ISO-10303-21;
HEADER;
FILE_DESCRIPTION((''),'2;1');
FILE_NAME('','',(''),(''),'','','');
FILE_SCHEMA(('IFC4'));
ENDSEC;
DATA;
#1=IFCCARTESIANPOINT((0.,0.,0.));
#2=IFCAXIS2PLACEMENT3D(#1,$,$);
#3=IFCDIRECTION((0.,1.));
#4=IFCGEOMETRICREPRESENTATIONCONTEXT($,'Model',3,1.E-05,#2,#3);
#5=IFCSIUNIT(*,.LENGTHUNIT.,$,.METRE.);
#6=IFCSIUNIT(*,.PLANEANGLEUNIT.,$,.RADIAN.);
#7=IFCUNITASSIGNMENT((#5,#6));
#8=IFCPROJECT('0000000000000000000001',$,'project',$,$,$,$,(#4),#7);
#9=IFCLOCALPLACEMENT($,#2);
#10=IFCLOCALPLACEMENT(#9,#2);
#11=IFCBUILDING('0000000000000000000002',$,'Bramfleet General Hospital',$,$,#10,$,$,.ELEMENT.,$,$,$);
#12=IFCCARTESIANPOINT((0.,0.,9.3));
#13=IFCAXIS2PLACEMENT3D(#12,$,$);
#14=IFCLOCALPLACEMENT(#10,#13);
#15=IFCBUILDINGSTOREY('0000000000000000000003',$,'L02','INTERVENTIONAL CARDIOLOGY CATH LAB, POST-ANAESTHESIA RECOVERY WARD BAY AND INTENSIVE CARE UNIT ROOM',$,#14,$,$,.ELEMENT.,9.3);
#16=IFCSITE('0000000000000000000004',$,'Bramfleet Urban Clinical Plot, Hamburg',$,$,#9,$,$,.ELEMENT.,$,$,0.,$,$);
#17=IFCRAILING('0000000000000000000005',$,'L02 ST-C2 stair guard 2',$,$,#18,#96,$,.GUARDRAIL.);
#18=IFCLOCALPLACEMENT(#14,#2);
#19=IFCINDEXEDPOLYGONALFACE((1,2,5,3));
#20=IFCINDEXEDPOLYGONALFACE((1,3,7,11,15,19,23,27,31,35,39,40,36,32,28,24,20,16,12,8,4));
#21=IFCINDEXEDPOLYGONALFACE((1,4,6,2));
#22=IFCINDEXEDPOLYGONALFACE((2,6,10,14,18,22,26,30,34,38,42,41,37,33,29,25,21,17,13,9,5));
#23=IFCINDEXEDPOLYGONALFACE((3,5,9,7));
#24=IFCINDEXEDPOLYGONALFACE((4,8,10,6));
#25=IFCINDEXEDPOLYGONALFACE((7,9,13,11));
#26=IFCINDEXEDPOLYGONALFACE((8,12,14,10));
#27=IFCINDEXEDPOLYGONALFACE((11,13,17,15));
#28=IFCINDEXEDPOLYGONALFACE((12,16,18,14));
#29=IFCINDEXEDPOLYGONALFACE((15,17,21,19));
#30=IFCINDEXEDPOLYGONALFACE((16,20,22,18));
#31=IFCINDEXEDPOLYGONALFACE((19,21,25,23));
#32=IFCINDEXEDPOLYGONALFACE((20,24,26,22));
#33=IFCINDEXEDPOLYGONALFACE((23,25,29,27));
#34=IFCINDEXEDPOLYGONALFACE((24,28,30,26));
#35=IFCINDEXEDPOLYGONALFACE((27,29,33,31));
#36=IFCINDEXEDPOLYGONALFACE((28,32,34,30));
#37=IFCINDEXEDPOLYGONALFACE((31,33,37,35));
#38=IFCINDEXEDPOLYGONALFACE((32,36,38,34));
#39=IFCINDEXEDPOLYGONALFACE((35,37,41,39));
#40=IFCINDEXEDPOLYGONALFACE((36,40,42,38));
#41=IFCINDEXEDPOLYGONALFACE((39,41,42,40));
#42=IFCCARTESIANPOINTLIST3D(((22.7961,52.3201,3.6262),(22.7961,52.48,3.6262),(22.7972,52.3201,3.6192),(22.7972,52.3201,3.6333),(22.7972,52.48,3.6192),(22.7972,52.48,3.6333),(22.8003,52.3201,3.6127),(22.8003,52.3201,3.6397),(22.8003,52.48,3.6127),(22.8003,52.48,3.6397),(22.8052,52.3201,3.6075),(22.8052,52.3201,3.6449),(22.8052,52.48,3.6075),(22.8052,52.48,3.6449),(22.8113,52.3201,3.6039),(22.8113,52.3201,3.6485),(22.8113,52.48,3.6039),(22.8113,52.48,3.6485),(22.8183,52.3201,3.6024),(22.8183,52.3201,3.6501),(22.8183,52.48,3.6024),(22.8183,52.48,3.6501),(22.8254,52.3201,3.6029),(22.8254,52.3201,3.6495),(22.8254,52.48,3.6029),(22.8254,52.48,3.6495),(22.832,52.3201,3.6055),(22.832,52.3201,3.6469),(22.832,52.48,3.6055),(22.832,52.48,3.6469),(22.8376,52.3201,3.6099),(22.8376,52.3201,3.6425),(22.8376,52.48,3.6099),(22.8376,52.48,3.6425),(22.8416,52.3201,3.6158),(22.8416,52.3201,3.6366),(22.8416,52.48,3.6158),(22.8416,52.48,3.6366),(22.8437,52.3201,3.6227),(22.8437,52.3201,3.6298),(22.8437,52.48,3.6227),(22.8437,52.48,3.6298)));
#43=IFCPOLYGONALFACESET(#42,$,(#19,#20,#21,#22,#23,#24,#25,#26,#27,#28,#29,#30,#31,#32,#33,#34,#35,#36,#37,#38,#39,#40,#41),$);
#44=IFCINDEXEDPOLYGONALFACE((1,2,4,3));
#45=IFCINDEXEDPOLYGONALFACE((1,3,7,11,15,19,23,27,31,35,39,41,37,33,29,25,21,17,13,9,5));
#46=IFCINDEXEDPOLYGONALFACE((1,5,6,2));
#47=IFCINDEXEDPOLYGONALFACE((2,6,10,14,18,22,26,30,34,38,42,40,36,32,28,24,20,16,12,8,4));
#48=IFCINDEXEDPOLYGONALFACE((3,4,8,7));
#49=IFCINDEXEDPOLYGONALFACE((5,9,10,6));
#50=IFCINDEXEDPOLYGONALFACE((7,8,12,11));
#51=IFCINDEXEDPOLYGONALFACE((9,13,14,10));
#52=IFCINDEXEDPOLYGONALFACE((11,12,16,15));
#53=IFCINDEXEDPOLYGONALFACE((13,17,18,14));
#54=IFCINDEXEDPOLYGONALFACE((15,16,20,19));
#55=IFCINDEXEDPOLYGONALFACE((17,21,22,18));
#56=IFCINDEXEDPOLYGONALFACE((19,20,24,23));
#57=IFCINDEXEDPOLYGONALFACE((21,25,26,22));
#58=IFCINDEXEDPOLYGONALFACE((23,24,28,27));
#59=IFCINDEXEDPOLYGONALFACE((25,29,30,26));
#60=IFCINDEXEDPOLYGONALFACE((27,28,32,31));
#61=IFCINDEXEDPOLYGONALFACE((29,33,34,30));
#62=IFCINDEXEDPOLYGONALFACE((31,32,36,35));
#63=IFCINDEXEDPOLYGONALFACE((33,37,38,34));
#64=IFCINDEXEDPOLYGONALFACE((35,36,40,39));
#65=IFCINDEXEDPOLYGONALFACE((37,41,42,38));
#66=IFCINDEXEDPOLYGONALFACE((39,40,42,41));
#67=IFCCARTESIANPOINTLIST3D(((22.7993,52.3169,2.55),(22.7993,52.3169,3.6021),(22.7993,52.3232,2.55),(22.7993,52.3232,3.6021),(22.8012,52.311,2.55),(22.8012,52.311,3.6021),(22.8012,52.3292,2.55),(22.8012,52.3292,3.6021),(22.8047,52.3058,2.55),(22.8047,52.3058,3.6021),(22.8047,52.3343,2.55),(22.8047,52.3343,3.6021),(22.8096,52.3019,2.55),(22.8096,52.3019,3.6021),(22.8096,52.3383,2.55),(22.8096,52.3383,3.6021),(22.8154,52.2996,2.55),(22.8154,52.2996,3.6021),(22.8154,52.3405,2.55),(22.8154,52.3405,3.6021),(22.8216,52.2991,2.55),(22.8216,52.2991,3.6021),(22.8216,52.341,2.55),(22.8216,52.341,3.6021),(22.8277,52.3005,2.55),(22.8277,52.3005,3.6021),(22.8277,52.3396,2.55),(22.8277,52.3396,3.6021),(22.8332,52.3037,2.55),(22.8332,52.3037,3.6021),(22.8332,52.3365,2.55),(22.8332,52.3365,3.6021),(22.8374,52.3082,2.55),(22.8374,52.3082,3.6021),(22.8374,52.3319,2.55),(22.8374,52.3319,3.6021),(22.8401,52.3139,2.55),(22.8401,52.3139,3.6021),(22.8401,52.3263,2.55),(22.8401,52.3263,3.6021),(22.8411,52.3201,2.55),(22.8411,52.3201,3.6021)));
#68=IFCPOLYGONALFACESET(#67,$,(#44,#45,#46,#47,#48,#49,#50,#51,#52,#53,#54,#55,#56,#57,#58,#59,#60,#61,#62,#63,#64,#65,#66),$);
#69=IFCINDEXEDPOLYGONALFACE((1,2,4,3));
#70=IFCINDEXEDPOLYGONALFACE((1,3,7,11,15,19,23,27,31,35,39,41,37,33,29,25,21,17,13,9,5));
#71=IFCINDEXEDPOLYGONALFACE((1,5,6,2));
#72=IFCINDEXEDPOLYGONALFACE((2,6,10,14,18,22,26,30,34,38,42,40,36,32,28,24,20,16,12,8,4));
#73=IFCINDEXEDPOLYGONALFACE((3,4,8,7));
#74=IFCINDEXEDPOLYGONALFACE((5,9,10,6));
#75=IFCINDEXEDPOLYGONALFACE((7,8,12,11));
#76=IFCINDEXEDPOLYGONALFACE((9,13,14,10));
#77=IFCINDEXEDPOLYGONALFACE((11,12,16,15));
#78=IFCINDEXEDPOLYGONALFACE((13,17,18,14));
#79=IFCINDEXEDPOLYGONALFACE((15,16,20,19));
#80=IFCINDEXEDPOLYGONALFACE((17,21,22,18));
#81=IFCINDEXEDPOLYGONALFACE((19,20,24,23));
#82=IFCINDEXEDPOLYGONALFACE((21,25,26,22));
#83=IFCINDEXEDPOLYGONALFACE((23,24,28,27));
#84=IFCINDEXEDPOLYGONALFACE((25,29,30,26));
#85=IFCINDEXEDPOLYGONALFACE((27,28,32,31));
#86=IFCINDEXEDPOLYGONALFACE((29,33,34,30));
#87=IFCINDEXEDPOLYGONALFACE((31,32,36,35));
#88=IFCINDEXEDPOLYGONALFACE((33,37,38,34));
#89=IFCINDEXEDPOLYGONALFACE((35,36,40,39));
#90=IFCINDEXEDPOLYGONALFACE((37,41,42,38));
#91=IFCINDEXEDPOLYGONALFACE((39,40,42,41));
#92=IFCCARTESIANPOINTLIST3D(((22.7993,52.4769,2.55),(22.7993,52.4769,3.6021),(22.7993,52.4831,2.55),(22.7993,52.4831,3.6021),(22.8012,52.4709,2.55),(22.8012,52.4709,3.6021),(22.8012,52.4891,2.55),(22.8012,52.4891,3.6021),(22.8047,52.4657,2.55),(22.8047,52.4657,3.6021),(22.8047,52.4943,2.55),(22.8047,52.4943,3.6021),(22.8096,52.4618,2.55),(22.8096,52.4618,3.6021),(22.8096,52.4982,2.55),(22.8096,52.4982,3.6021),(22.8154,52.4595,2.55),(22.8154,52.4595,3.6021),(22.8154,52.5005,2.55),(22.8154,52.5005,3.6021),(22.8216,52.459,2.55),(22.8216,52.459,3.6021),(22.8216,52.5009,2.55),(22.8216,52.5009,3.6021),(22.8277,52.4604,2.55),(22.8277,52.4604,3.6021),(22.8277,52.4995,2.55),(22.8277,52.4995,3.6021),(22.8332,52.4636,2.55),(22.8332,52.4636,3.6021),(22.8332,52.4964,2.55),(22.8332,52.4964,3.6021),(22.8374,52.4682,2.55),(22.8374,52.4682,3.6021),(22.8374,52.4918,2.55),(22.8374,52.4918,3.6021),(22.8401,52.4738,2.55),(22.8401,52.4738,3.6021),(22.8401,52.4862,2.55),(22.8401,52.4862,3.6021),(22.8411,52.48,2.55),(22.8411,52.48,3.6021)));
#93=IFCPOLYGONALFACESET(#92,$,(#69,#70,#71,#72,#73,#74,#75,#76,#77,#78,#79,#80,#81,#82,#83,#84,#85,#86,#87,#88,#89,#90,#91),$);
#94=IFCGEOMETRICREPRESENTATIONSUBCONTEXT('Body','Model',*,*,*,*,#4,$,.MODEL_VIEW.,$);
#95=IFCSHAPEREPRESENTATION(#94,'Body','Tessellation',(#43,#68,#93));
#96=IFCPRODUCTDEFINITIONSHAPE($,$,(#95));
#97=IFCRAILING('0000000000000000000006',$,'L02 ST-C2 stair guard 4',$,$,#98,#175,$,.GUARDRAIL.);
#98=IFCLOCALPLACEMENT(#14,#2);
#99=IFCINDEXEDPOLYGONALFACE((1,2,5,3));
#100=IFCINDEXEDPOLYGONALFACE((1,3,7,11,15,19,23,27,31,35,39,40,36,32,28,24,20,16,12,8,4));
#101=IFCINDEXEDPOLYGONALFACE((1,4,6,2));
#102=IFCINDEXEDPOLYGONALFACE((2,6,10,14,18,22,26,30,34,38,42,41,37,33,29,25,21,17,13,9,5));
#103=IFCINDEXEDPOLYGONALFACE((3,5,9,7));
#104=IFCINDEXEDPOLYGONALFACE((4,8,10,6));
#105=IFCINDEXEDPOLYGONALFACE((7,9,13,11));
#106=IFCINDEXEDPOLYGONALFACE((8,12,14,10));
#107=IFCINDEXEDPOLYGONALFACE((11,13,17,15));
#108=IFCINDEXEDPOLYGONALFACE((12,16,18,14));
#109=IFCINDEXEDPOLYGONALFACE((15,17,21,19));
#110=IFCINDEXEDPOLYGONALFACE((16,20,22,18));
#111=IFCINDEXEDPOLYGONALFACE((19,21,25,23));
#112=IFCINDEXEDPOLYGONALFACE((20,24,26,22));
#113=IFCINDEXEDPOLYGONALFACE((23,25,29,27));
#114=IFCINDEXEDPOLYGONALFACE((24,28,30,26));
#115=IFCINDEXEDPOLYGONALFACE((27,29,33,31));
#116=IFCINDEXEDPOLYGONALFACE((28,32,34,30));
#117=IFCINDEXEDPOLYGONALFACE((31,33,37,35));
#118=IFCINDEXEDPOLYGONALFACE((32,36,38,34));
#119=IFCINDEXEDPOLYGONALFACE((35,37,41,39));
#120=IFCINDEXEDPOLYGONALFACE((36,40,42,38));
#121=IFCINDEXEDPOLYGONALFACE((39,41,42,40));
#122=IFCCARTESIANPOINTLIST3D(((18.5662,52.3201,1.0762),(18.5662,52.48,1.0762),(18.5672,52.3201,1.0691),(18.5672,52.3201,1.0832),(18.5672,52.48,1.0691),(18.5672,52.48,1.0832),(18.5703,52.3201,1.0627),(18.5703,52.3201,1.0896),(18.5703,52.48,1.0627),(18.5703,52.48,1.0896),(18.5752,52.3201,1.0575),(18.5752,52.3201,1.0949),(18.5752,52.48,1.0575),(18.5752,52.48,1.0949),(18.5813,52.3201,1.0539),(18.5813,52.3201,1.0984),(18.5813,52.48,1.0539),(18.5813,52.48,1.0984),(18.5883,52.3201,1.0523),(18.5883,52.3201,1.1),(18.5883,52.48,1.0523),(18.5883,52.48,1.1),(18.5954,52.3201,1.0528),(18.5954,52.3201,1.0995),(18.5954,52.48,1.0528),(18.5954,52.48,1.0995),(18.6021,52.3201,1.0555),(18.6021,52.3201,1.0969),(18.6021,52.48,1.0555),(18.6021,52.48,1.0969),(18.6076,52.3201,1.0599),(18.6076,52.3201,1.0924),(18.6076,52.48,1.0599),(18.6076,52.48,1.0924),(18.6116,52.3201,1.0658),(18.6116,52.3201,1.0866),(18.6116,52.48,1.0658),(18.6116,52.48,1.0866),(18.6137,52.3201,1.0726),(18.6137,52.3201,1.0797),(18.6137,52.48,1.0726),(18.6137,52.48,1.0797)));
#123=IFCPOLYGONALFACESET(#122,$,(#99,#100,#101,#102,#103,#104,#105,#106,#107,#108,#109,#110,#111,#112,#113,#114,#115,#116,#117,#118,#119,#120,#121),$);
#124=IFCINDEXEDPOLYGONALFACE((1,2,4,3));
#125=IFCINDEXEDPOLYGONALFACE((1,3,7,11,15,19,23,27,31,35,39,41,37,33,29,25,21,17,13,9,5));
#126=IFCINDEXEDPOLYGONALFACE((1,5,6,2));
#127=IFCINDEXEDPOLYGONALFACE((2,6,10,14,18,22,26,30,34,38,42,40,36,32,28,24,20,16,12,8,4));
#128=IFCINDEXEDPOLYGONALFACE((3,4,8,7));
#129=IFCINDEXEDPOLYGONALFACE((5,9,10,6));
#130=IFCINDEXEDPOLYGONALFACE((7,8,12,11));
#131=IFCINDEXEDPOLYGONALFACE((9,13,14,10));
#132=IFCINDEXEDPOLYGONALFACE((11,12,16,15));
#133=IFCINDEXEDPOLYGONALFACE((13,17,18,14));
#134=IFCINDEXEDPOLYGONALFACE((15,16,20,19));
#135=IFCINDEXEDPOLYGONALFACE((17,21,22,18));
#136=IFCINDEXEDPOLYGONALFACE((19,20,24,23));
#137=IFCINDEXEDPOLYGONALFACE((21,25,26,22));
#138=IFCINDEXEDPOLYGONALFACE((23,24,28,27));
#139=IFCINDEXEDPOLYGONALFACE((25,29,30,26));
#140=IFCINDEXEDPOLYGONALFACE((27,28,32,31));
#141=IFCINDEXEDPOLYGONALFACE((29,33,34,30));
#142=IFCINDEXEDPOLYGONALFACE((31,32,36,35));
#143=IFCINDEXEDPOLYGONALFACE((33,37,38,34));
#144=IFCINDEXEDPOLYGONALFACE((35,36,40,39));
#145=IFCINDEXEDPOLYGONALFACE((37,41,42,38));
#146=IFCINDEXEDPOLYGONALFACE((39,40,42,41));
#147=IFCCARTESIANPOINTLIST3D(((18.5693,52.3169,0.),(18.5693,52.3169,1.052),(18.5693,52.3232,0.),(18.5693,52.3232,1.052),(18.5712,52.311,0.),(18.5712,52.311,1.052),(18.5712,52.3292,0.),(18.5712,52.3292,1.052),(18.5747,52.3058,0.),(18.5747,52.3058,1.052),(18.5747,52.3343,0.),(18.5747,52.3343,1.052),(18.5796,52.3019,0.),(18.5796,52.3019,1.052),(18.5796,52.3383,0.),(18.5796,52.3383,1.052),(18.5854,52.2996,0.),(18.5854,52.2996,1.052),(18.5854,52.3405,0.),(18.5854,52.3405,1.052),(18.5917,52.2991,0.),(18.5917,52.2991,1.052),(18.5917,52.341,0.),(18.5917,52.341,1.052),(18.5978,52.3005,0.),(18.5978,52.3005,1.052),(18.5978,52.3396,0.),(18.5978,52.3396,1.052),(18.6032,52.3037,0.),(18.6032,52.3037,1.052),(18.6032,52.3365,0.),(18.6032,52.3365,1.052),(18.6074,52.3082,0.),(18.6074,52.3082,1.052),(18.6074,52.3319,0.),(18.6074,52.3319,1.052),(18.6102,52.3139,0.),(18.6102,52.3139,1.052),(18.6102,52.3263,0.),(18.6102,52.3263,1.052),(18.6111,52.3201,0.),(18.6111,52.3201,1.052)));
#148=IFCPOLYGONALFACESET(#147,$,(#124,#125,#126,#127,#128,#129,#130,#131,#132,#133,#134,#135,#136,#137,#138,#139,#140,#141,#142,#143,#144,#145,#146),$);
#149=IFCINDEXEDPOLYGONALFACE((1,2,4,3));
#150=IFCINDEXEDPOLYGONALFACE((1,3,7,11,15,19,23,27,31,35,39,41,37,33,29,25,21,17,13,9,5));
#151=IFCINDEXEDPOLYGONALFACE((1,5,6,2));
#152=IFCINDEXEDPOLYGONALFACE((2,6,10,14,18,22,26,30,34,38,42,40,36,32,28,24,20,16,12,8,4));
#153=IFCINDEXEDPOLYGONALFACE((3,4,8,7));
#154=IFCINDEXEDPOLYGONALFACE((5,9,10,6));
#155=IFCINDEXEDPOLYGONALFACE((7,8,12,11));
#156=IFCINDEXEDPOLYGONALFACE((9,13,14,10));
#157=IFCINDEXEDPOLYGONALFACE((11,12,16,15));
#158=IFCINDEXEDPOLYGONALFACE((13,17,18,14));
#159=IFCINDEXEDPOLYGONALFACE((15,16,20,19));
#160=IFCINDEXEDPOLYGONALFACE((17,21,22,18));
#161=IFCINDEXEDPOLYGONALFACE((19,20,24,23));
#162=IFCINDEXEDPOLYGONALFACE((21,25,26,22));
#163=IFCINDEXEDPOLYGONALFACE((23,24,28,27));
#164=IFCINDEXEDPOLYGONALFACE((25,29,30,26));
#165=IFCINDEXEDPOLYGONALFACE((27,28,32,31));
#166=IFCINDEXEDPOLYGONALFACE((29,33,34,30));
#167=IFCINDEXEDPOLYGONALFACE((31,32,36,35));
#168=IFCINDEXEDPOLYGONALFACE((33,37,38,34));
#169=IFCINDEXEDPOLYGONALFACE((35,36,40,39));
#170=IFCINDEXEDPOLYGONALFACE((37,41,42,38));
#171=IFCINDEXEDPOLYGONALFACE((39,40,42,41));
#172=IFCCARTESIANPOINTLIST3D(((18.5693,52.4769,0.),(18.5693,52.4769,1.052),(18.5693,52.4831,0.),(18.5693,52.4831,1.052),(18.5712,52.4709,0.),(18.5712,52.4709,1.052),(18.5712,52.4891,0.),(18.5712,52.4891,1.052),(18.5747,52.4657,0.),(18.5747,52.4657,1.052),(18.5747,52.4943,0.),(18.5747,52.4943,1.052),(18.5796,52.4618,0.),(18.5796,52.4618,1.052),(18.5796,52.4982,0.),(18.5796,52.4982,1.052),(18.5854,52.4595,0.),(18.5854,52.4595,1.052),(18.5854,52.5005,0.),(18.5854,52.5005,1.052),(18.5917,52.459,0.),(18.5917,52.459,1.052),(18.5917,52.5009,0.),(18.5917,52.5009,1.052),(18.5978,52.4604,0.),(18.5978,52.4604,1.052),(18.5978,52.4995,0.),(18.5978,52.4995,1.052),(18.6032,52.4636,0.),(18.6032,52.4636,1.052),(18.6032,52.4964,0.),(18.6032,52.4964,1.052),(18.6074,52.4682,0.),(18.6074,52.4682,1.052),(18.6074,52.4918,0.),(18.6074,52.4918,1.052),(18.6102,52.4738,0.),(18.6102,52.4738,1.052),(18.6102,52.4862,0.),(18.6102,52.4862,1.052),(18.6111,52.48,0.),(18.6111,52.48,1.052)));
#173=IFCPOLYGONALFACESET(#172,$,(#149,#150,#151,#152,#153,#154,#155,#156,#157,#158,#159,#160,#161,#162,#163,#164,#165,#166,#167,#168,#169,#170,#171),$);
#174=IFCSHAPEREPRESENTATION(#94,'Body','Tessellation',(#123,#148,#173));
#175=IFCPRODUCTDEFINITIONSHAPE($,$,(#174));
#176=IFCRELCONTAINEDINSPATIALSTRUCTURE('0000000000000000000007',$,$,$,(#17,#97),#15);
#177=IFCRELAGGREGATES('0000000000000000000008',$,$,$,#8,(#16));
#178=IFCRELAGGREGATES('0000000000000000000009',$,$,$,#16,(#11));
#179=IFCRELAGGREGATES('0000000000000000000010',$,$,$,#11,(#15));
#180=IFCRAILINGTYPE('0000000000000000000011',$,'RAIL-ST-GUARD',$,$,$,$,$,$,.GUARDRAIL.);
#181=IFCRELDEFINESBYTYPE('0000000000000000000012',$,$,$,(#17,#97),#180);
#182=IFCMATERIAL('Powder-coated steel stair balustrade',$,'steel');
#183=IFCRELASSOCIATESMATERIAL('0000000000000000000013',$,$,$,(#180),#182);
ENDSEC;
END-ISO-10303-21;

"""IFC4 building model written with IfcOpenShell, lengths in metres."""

from ifc_helpers import new_model, si_unit, direction, frame, origin, origin_2d, place, context, subcontext, project, spatial, circle, extrude, material, type_object, element, save


model = new_model("IFC4")

# Units and contexts
model_context = context("Model", 3, precision=1e-05, world=origin(), true_north=direction((0.0, 1.0)))
body_context = subcontext(model_context, "Body", "Model", "MODEL_VIEW")
ifc_project = project(units=[si_unit("LENGTHUNIT", "METRE"), si_unit("PLANEANGLEUNIT", "RADIAN")], contexts=[model_context])

# Site, building, storey
site_placement = place(None, origin())
site = spatial("IfcSite", under=ifc_project, at=site_placement, Name="Bramfleet Urban Clinical Plot, Hamburg", CompositionType="ELEMENT", RefElevation=0.0)
building_placement = place(site_placement, origin())
building = spatial("IfcBuilding", under=site, at=building_placement, Name="Bramfleet General Hospital", CompositionType="ELEMENT")
storey_placement = place(building_placement, frame((0.0, 0.0, 9.3)))
storey = spatial("IfcBuildingStorey", under=building, at=storey_placement, Name="L02", Description="INTERVENTIONAL CARDIOLOGY CATH LAB, POST-ANAESTHESIA RECOVERY WARD BAY AND INTENSIVE CARE UNIT ROOM", CompositionType="ELEMENT", Elevation=9.3)

# Railings
ifc_material_1 = material(Name="Powder-coated steel stair balustrade", Category="steel")
railing_type_1 = type_object("IfcRailingType", Name="RAIL-ST-GUARD", PredefinedType="GUARDRAIL", material=ifc_material_1)
for number, where, name in (
    (1, (22.8201, 52.3201, 2.55), "L02 ST-C2 stair guard 2"),
    (2, (18.5901, 52.3201, 0.0), "L02 ST-C2 stair guard 4"),
):
    element("IfcRailing", number, at=place(storey_placement, frame(where)), inside=storey, type_object=railing_type_1, Name=name, PredefinedType="GUARDRAIL", context=body_context, shape_type="SweptSolid", body=[
        extrude(circle(Radius=0.0239, at=origin_2d()), frame((0.0, 0.0, 1.0762), z_axis=(0.0, 1.0, 0.0), x_axis=(-1.0, 0.0, 0.0)), (0.0, 0.0, 1.0), 0.1599),
        extrude(circle(Radius=0.021, at=origin_2d()), origin(), (0.0, 0.0, 1.0), 1.052),
        extrude(circle(Radius=0.021, at=origin_2d()), frame((0.0, 0.1599, 0.0)), (0.0, 0.0, 1.0), 1.052),
    ])

save(model, "model.ifc")
